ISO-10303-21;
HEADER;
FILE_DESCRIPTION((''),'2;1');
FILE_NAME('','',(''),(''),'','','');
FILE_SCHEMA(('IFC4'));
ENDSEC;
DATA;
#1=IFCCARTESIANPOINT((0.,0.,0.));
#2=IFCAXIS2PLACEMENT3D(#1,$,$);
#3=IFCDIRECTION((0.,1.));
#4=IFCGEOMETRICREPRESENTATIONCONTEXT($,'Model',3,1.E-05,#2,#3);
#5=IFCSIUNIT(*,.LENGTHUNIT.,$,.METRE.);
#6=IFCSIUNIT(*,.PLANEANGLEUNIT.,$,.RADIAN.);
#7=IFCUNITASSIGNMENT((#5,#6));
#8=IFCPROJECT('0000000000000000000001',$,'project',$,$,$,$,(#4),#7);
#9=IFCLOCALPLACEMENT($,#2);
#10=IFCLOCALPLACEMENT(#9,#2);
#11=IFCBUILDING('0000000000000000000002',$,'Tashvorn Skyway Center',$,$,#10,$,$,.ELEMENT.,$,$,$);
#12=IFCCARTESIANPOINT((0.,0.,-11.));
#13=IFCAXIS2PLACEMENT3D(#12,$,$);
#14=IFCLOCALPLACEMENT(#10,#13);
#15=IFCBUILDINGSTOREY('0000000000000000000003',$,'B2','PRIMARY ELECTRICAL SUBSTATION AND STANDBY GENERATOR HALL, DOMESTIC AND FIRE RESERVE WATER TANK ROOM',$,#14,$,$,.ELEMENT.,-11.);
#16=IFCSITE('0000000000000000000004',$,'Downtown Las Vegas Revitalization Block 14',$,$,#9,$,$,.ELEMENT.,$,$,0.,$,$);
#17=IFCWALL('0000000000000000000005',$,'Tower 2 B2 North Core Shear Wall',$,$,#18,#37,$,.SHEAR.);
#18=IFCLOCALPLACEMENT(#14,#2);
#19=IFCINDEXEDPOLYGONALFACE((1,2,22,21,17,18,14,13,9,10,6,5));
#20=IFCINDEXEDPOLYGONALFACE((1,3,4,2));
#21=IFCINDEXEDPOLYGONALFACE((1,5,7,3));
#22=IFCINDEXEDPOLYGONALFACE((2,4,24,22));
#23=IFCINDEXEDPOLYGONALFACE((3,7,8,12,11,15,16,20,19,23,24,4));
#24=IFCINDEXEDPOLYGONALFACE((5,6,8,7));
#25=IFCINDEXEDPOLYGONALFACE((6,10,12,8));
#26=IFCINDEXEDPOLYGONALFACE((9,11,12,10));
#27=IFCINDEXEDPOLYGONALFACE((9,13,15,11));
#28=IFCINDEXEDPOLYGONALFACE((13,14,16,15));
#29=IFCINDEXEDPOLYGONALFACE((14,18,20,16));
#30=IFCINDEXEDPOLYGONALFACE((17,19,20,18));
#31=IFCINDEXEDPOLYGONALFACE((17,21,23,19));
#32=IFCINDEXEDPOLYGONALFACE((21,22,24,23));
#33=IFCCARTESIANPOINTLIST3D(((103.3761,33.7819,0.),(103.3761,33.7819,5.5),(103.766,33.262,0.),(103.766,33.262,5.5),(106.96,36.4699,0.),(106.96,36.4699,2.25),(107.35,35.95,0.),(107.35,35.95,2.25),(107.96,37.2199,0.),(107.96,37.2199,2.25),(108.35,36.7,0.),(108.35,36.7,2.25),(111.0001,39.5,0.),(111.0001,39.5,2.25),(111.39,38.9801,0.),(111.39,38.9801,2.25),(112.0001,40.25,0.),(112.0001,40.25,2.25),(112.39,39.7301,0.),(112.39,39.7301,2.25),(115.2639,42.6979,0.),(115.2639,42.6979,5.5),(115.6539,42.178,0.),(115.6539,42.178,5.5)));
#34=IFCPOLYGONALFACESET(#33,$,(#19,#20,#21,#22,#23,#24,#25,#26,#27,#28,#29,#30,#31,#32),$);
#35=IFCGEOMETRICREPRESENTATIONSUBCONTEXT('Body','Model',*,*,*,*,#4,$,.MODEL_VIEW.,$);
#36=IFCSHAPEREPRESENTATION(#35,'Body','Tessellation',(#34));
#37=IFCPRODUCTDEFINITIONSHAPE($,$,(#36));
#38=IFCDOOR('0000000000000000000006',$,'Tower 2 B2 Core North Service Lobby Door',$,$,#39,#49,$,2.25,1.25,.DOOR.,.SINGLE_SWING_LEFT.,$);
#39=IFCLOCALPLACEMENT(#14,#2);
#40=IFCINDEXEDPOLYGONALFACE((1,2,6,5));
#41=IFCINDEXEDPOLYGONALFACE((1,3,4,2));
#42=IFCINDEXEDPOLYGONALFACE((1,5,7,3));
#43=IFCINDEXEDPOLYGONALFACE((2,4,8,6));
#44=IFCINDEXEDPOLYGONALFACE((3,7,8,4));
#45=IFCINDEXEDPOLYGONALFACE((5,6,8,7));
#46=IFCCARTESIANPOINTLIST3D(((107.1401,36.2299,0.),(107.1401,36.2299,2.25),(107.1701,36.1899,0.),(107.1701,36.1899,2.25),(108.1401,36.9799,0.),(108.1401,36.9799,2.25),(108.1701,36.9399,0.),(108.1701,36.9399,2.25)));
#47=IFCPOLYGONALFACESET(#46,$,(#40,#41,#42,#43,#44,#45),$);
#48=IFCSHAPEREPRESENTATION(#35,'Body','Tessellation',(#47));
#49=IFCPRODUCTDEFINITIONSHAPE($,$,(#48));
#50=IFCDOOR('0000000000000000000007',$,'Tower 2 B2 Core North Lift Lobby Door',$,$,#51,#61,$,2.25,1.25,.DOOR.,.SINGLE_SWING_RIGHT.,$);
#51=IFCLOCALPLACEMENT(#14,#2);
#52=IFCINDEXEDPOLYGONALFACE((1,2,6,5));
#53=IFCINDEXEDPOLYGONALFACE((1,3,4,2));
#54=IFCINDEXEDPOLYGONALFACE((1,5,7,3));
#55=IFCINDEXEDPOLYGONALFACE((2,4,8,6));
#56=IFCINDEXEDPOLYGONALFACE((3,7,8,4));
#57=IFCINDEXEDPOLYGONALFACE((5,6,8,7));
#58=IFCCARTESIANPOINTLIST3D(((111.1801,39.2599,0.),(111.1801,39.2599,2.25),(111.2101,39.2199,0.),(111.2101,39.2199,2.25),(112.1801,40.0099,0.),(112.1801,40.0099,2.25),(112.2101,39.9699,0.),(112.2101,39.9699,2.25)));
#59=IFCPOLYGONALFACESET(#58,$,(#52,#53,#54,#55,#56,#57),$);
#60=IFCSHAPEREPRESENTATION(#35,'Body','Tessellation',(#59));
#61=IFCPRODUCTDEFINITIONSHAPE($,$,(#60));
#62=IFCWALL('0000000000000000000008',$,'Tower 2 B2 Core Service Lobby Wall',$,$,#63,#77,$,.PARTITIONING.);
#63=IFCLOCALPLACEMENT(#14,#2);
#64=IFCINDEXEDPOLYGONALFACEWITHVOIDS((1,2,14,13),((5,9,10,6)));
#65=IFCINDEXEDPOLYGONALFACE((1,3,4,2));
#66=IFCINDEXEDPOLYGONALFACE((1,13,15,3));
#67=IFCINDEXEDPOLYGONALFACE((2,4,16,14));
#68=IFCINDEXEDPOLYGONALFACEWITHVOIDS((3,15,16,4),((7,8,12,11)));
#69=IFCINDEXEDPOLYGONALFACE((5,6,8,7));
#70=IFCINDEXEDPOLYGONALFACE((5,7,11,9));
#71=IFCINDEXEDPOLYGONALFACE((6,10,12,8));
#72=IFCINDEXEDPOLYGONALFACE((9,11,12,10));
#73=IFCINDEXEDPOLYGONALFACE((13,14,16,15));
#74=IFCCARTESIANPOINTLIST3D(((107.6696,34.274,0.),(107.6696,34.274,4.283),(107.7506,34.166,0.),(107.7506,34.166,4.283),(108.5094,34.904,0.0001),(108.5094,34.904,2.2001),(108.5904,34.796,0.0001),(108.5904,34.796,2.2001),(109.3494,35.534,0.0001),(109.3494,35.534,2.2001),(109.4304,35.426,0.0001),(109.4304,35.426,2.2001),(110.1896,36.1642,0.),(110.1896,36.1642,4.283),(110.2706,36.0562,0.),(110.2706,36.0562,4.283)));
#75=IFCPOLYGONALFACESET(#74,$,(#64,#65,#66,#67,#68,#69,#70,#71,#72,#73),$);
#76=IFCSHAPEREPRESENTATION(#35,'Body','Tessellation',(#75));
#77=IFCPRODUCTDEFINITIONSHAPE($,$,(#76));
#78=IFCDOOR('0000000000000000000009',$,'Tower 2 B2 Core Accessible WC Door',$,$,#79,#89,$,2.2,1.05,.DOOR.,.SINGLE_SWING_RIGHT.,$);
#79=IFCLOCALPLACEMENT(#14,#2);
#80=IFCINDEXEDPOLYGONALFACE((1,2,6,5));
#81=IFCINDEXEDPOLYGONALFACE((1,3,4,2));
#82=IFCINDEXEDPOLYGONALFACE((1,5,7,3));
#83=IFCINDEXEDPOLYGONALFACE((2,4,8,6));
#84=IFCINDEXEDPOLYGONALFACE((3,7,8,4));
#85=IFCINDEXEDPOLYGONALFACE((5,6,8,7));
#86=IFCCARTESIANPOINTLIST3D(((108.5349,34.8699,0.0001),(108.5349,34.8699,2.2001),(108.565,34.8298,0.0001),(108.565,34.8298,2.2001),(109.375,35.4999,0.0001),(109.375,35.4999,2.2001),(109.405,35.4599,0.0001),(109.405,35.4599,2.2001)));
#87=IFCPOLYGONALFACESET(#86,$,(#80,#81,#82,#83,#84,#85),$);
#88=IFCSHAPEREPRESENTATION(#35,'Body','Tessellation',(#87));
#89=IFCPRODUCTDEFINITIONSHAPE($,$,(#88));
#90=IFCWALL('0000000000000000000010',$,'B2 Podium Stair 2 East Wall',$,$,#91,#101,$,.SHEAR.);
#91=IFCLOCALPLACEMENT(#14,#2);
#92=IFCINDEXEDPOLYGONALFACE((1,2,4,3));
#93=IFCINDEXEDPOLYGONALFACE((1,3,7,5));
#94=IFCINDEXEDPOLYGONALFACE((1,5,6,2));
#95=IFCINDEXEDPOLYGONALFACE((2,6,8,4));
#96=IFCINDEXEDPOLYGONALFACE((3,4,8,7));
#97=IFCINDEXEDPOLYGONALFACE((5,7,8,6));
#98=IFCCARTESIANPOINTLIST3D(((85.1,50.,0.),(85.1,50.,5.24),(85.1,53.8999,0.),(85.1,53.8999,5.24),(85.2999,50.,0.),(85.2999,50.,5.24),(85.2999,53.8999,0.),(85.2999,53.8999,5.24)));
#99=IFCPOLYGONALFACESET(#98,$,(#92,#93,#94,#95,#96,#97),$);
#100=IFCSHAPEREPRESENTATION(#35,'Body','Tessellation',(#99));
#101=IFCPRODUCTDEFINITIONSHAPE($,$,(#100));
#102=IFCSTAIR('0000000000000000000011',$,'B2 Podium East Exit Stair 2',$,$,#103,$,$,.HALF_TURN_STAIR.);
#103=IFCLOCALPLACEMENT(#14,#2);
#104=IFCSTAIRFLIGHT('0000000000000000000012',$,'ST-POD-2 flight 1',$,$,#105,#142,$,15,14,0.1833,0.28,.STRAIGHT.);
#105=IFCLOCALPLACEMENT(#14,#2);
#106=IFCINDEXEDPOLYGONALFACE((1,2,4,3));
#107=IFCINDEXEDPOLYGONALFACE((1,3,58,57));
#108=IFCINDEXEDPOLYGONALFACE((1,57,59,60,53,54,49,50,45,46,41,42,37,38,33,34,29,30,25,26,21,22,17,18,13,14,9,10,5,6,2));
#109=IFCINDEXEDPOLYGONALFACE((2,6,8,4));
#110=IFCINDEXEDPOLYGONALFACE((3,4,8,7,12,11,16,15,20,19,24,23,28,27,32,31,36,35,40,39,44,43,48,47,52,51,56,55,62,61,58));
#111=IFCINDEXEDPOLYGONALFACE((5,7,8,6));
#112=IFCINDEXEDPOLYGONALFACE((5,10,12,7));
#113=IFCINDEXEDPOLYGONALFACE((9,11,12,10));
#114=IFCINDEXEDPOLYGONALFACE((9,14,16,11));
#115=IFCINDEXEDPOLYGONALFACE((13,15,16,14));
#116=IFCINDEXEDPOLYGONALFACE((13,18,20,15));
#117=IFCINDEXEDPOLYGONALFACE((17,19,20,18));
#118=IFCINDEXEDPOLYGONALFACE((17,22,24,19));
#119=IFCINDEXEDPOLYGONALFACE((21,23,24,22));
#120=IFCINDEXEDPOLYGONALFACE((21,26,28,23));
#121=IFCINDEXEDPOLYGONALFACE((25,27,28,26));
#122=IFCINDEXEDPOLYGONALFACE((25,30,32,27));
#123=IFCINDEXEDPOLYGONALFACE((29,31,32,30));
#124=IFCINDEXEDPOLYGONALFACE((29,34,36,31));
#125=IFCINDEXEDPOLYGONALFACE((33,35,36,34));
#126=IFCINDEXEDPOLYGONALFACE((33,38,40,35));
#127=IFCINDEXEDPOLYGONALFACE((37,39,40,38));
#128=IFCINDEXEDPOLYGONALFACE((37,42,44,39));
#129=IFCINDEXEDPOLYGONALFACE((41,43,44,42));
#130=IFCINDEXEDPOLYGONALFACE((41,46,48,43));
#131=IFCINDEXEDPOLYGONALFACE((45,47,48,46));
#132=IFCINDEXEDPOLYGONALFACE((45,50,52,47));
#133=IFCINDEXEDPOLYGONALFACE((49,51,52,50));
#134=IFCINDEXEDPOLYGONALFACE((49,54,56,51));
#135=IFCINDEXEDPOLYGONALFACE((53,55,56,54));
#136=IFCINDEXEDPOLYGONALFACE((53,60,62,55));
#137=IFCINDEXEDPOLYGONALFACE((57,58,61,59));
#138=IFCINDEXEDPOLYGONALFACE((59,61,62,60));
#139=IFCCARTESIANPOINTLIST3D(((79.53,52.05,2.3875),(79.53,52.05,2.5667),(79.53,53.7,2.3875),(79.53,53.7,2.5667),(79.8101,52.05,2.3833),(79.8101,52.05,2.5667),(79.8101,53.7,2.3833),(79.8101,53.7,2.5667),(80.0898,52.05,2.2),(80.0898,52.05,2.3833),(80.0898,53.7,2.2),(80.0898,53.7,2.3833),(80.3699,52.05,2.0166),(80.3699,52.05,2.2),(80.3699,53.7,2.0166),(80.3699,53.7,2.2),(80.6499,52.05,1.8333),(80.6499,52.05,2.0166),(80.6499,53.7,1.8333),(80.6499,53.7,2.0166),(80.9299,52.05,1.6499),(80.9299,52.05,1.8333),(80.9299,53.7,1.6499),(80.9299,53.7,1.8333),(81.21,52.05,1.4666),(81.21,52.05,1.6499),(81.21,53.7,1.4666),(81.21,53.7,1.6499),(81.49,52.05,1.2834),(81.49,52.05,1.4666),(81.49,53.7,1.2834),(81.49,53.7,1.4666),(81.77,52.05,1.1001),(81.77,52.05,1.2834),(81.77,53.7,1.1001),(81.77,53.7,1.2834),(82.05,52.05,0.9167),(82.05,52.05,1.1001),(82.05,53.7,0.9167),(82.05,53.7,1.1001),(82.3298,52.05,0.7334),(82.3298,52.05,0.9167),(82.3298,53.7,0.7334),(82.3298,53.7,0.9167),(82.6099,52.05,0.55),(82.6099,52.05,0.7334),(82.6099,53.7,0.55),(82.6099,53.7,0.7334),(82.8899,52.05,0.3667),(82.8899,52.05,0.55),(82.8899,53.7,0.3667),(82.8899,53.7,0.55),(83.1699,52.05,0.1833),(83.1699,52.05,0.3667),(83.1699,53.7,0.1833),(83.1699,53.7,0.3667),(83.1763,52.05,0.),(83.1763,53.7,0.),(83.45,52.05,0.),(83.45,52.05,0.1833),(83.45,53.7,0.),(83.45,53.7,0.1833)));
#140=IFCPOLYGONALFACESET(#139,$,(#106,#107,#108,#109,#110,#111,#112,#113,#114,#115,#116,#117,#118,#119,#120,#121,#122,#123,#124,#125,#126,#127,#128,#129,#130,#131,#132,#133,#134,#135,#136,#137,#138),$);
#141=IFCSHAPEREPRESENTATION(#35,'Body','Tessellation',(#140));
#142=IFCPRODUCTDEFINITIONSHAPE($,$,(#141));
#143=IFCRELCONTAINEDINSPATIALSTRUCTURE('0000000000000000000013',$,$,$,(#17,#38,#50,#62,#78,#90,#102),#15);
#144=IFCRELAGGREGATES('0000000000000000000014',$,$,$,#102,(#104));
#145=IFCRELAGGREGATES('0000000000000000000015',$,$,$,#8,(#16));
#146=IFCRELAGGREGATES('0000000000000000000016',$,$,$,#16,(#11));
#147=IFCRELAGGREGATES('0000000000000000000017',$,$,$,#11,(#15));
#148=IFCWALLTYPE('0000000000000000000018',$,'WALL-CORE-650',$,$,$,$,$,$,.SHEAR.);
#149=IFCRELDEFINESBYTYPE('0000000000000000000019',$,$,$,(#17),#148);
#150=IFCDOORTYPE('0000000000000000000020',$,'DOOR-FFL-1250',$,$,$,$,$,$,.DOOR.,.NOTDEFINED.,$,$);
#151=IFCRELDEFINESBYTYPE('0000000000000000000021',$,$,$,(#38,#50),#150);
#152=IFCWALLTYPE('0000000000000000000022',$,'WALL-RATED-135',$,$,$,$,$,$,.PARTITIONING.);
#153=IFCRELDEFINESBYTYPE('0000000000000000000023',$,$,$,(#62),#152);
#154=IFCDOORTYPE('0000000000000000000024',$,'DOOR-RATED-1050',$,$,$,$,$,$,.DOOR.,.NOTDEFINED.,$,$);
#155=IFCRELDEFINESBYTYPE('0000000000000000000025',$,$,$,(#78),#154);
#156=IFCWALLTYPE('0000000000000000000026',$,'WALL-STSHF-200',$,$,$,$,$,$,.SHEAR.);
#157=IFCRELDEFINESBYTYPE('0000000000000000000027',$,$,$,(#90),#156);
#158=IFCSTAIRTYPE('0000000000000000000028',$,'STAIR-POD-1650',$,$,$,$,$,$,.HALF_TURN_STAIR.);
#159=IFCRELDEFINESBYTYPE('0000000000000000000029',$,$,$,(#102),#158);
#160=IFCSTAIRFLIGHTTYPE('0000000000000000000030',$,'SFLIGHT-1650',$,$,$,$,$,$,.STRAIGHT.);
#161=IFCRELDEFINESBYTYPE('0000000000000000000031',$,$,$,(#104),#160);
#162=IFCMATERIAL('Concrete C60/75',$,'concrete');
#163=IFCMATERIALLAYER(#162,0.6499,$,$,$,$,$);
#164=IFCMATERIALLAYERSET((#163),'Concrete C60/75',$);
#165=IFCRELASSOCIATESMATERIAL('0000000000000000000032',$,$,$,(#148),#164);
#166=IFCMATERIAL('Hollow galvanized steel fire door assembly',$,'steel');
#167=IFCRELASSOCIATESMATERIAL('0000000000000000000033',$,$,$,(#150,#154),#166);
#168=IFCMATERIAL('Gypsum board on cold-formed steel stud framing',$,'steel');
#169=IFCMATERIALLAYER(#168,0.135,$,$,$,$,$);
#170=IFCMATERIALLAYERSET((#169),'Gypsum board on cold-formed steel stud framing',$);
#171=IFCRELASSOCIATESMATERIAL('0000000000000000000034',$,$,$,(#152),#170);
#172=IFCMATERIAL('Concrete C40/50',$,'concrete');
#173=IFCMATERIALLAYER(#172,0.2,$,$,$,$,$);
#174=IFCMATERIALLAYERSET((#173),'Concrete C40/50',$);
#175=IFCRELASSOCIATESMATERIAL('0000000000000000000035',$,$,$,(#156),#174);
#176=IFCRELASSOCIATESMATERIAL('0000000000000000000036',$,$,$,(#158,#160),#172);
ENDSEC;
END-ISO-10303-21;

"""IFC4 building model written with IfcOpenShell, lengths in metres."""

from ifc_helpers import new_model, si_unit, direction, frame, frame_2d, origin, place, context, subcontext, project, spatial, polyline, rectangle, outline, extrude, material, layer, layer_set, type_object, element, fill, aggregate, save


model = new_model("IFC4")

# Units and contexts
model_context = context("Model", 3, precision=1e-05, world=origin(), true_north=direction((0.0, 1.0)))
body_context = subcontext(model_context, "Body", "Model", "MODEL_VIEW")
ifc_project = project(units=[si_unit("LENGTHUNIT", "METRE"), si_unit("PLANEANGLEUNIT", "RADIAN")], contexts=[model_context])

# Site, building, storey
site_placement = place(None, origin())
site = spatial("IfcSite", under=ifc_project, at=site_placement, Name="Downtown Las Vegas Revitalization Block 14", CompositionType="ELEMENT", RefElevation=0.0)
building_placement = place(site_placement, origin())
building = spatial("IfcBuilding", under=site, at=building_placement, Name="Tashvorn Skyway Center", CompositionType="ELEMENT")
storey_placement = place(building_placement, frame((0.0, 0.0, -11.0)))
storey = spatial("IfcBuildingStorey", under=building, at=storey_placement, Name="B2", Description="PRIMARY ELECTRICAL SUBSTATION AND STANDBY GENERATOR HALL, DOMESTIC AND FIRE RESERVE WATER TANK ROOM", CompositionType="ELEMENT", Elevation=-11.0)

# Wall, openings, doors
ifc_material_1 = material(Name="Concrete C60/75", Category="concrete")
ifc_layer_1 = layer(ifc_material_1, 0.6499)
ifc_layer_set_1 = layer_set([ifc_layer_1], Name="Concrete C60/75")
wall_type_1 = type_object("IfcWallType", Name="WALL-CORE-650", PredefinedType="SHEAR", material=ifc_layer_set_1)
wall_1_placement = place(storey_placement, frame((103.571, 33.522, 0.0), z_axis=(0.0, 0.0, 1.0), x_axis=(0.799998, 0.600003, 0.0)))
wall_1 = element("IfcWall", 1, at=wall_1_placement, inside=storey, type_object=wall_type_1, Name="Tower 2 B2 North Core Shear Wall", PredefinedType="SHEAR", context=body_context, shape_type="SweptSolid", body=[
    extrude(rectangle(XDim=14.8599, YDim=0.6499, at=frame_2d((7.4299, 0.0))), origin(), (0.0, 0.0, 1.0), 5.5),
])
opening_1_placement = place(wall_1_placement, frame((4.48, 0.0, 0.0)))
opening_1 = element("IfcOpeningElement", 2, at=opening_1_placement, cuts=wall_1, PredefinedType="OPENING", context=body_context, shape_type="SweptSolid", body=[
    extrude(rectangle(XDim=1.25, YDim=2.25, at=frame_2d((0.625, 1.125))), frame((0.0, 0.335, 0.0), z_axis=(0.0, -1.0, 0.0), x_axis=(1.0, 0.0, 0.0)), (0.0, 0.0, 1.0), 0.6699),
])
opening_2_placement = place(wall_1_placement, frame((9.53, 0.0, 0.0)))
opening_2 = element("IfcOpeningElement", 3, at=opening_2_placement, cuts=wall_1, PredefinedType="OPENING", context=body_context, shape_type="SweptSolid", body=[
    extrude(rectangle(XDim=1.25, YDim=2.25, at=frame_2d((0.625, 1.125))), frame((0.0, 0.335, 0.0), z_axis=(0.0, -1.0, 0.0), x_axis=(1.0, 0.0, 0.0)), (0.0, 0.0, 1.0), 0.6699),
])
ifc_material_2 = material(Name="Hollow galvanized steel fire door assembly", Category="steel")
door_type_1 = type_object("IfcDoorType", Name="DOOR-FFL-1250", OperationType="NOTDEFINED", PredefinedType="DOOR", material=ifc_material_2)
door_1_placement = place(opening_1_placement, origin())
door_1 = element("IfcDoor", 4, at=door_1_placement, inside=storey, type_object=door_type_1, Name="Tower 2 B2 Core North Service Lobby Door", OperationType="SINGLE_SWING_LEFT", OverallHeight=2.25, OverallWidth=1.25, PredefinedType="DOOR", context=body_context, shape_type="SweptSolid", body=[
    extrude(rectangle(XDim=1.25, YDim=2.25, at=frame_2d((0.625, 1.125))), frame((0.0, 0.0249, 0.0), z_axis=(0.0, -1.0, 0.0), x_axis=(1.0, 0.0, 0.0)), (0.0, 0.0, 1.0), 0.05),
])
fill(opening_1, door_1)
door_2_placement = place(opening_2_placement, origin())
door_2 = element("IfcDoor", 5, at=door_2_placement, inside=storey, type_object=door_type_1, Name="Tower 2 B2 Core North Lift Lobby Door", OperationType="SINGLE_SWING_RIGHT", OverallHeight=2.25, OverallWidth=1.25, PredefinedType="DOOR", context=body_context, shape_type="SweptSolid", body=[
    extrude(rectangle(XDim=1.25, YDim=2.25, at=frame_2d((0.625, 1.125))), frame((0.0, 0.0249, 0.0), z_axis=(0.0, -1.0, 0.0), x_axis=(1.0, 0.0, 0.0)), (0.0, 0.0, 1.0), 0.05),
])
fill(opening_2, door_2)

# Wall, opening, door
ifc_material_3 = material(Name="Gypsum board on cold-formed steel stud framing", Category="steel")
ifc_layer_2 = layer(ifc_material_3, 0.135)
ifc_layer_set_2 = layer_set([ifc_layer_2], Name="Gypsum board on cold-formed steel stud framing")
wall_type_2 = type_object("IfcWallType", Name="WALL-RATED-135", PredefinedType="PARTITIONING", material=ifc_layer_set_2)
wall_2_placement = place(storey_placement, frame((107.71, 34.22, 0.0), z_axis=(0.0, 0.0, 1.0), x_axis=(0.799981, 0.600025, 0.0)))
wall_2 = element("IfcWall", 6, at=wall_2_placement, inside=storey, type_object=wall_type_2, Name="Tower 2 B2 Core Service Lobby Wall", PredefinedType="PARTITIONING", context=body_context, shape_type="SweptSolid", body=[
    extrude(rectangle(XDim=3.1501, YDim=0.135, at=frame_2d((1.5752, 0.0))), origin(), (0.0, 0.0, 1.0), 4.283),
])
opening_3_placement = place(wall_2_placement, frame((1.05, 0.0, 0.0)))
opening_3 = element("IfcOpeningElement", 7, at=opening_3_placement, cuts=wall_2, PredefinedType="OPENING", context=body_context, shape_type="SweptSolid", body=[
    extrude(rectangle(XDim=1.05, YDim=2.2, at=frame_2d((0.5249, 1.1001))), frame((0.0, 0.0774, 0.0), z_axis=(0.0, -1.0, 0.0), x_axis=(1.0, 0.0, 0.0)), (0.0, 0.0, 1.0), 0.155),
])
door_type_2 = type_object("IfcDoorType", Name="DOOR-RATED-1050", OperationType="NOTDEFINED", PredefinedType="DOOR", material=ifc_material_2)
door_3_placement = place(opening_3_placement, origin())
door_3 = element("IfcDoor", 8, at=door_3_placement, inside=storey, type_object=door_type_2, Name="Tower 2 B2 Core Accessible WC Door", OperationType="SINGLE_SWING_RIGHT", OverallHeight=2.2, OverallWidth=1.05, PredefinedType="DOOR", context=body_context, shape_type="SweptSolid", body=[
    extrude(rectangle(XDim=1.05, YDim=2.2, at=frame_2d((0.5249, 1.1001))), frame((0.0, 0.0249, 0.0), z_axis=(0.0, -1.0, 0.0), x_axis=(1.0, 0.0, 0.0)), (0.0, 0.0, 1.0), 0.05),
])
fill(opening_3, door_3)

# Wall
ifc_material_4 = material(Name="Concrete C40/50", Category="concrete")
ifc_layer_3 = layer(ifc_material_4, 0.2)
ifc_layer_set_3 = layer_set([ifc_layer_3], Name="Concrete C40/50")
wall_type_3 = type_object("IfcWallType", Name="WALL-STSHF-200", PredefinedType="SHEAR", material=ifc_layer_set_3)
wall_3_placement = place(storey_placement, frame((85.2, 50.0, 0.0), z_axis=(0.0, 0.0, 1.0), x_axis=(0.0, 1.0, 0.0)))
element("IfcWall", 9, at=wall_3_placement, inside=storey, type_object=wall_type_3, Name="B2 Podium Stair 2 East Wall", PredefinedType="SHEAR", context=body_context, shape_type="SweptSolid", body=[
    extrude(rectangle(XDim=3.8999, YDim=0.2, at=frame_2d((1.95, 0.0))), origin(), (0.0, 0.0, 1.0), 5.24),
])

# Stair, stair flight
stair_type = type_object("IfcStairType", Name="STAIR-POD-1650", PredefinedType="HALF_TURN_STAIR", material=ifc_material_4)
stair_placement = place(storey_placement, origin())
stair = element("IfcStair", 10, at=stair_placement, inside=storey, type_object=stair_type, Name="B2 Podium East Exit Stair 2", PredefinedType="HALF_TURN_STAIR")
stair_flight_type = type_object("IfcStairFlightType", Name="SFLIGHT-1650", PredefinedType="STRAIGHT", material=ifc_material_4)
stair_flight_placement = place(storey_placement, frame((83.45, 52.875, 0.0), z_axis=(0.0, 0.0, 1.0), x_axis=(-1.0, 0.0, 0.0)))
stair_flight = element("IfcStairFlight", 11, at=stair_flight_placement, type_object=stair_flight_type, Name="ST-POD-2 flight 1", NumberOfRisers=15, NumberOfTreads=14, PredefinedType="STRAIGHT", RiserHeight=0.1833, TreadLength=0.28, context=body_context, shape_type="SweptSolid", body=[
    extrude(outline(polyline([(0.0, 0.0), (0.0, 0.1833), (0.28, 0.1833), (0.28, 0.3667), (0.5601, 0.3667), (0.5601, 0.55), (0.8401, 0.55), (0.8401, 0.7334), (1.1201, 0.7334), (1.1201, 0.9167), (1.3999, 0.9167), (1.3999, 1.1001), (1.6799, 1.1001), (1.6799, 1.2834), (1.96, 1.2834), (1.96, 1.4666), (2.24, 1.4666), (2.24, 1.6499), (2.52, 1.6499), (2.52, 1.8333), (2.8, 1.8333), (2.8, 2.0166), (3.0801, 2.0166), (3.0801, 2.2), (3.3601, 2.2), (3.3601, 2.3833), (3.6399, 2.3833), (3.6399, 2.5667), (3.9199, 2.5667), (3.9199, 2.75), (3.9199, 2.3875), (0.2737, 0.0), (0.0, 0.0)])), frame((0.0, 0.825, 0.0), z_axis=(0.0, -1.0, 0.0), x_axis=(1.0, 0.0, 0.0)), (0.0, 0.0, 1.0), 1.6499),
])
aggregate(stair, [stair_flight])

save(model, "model.ifc")
